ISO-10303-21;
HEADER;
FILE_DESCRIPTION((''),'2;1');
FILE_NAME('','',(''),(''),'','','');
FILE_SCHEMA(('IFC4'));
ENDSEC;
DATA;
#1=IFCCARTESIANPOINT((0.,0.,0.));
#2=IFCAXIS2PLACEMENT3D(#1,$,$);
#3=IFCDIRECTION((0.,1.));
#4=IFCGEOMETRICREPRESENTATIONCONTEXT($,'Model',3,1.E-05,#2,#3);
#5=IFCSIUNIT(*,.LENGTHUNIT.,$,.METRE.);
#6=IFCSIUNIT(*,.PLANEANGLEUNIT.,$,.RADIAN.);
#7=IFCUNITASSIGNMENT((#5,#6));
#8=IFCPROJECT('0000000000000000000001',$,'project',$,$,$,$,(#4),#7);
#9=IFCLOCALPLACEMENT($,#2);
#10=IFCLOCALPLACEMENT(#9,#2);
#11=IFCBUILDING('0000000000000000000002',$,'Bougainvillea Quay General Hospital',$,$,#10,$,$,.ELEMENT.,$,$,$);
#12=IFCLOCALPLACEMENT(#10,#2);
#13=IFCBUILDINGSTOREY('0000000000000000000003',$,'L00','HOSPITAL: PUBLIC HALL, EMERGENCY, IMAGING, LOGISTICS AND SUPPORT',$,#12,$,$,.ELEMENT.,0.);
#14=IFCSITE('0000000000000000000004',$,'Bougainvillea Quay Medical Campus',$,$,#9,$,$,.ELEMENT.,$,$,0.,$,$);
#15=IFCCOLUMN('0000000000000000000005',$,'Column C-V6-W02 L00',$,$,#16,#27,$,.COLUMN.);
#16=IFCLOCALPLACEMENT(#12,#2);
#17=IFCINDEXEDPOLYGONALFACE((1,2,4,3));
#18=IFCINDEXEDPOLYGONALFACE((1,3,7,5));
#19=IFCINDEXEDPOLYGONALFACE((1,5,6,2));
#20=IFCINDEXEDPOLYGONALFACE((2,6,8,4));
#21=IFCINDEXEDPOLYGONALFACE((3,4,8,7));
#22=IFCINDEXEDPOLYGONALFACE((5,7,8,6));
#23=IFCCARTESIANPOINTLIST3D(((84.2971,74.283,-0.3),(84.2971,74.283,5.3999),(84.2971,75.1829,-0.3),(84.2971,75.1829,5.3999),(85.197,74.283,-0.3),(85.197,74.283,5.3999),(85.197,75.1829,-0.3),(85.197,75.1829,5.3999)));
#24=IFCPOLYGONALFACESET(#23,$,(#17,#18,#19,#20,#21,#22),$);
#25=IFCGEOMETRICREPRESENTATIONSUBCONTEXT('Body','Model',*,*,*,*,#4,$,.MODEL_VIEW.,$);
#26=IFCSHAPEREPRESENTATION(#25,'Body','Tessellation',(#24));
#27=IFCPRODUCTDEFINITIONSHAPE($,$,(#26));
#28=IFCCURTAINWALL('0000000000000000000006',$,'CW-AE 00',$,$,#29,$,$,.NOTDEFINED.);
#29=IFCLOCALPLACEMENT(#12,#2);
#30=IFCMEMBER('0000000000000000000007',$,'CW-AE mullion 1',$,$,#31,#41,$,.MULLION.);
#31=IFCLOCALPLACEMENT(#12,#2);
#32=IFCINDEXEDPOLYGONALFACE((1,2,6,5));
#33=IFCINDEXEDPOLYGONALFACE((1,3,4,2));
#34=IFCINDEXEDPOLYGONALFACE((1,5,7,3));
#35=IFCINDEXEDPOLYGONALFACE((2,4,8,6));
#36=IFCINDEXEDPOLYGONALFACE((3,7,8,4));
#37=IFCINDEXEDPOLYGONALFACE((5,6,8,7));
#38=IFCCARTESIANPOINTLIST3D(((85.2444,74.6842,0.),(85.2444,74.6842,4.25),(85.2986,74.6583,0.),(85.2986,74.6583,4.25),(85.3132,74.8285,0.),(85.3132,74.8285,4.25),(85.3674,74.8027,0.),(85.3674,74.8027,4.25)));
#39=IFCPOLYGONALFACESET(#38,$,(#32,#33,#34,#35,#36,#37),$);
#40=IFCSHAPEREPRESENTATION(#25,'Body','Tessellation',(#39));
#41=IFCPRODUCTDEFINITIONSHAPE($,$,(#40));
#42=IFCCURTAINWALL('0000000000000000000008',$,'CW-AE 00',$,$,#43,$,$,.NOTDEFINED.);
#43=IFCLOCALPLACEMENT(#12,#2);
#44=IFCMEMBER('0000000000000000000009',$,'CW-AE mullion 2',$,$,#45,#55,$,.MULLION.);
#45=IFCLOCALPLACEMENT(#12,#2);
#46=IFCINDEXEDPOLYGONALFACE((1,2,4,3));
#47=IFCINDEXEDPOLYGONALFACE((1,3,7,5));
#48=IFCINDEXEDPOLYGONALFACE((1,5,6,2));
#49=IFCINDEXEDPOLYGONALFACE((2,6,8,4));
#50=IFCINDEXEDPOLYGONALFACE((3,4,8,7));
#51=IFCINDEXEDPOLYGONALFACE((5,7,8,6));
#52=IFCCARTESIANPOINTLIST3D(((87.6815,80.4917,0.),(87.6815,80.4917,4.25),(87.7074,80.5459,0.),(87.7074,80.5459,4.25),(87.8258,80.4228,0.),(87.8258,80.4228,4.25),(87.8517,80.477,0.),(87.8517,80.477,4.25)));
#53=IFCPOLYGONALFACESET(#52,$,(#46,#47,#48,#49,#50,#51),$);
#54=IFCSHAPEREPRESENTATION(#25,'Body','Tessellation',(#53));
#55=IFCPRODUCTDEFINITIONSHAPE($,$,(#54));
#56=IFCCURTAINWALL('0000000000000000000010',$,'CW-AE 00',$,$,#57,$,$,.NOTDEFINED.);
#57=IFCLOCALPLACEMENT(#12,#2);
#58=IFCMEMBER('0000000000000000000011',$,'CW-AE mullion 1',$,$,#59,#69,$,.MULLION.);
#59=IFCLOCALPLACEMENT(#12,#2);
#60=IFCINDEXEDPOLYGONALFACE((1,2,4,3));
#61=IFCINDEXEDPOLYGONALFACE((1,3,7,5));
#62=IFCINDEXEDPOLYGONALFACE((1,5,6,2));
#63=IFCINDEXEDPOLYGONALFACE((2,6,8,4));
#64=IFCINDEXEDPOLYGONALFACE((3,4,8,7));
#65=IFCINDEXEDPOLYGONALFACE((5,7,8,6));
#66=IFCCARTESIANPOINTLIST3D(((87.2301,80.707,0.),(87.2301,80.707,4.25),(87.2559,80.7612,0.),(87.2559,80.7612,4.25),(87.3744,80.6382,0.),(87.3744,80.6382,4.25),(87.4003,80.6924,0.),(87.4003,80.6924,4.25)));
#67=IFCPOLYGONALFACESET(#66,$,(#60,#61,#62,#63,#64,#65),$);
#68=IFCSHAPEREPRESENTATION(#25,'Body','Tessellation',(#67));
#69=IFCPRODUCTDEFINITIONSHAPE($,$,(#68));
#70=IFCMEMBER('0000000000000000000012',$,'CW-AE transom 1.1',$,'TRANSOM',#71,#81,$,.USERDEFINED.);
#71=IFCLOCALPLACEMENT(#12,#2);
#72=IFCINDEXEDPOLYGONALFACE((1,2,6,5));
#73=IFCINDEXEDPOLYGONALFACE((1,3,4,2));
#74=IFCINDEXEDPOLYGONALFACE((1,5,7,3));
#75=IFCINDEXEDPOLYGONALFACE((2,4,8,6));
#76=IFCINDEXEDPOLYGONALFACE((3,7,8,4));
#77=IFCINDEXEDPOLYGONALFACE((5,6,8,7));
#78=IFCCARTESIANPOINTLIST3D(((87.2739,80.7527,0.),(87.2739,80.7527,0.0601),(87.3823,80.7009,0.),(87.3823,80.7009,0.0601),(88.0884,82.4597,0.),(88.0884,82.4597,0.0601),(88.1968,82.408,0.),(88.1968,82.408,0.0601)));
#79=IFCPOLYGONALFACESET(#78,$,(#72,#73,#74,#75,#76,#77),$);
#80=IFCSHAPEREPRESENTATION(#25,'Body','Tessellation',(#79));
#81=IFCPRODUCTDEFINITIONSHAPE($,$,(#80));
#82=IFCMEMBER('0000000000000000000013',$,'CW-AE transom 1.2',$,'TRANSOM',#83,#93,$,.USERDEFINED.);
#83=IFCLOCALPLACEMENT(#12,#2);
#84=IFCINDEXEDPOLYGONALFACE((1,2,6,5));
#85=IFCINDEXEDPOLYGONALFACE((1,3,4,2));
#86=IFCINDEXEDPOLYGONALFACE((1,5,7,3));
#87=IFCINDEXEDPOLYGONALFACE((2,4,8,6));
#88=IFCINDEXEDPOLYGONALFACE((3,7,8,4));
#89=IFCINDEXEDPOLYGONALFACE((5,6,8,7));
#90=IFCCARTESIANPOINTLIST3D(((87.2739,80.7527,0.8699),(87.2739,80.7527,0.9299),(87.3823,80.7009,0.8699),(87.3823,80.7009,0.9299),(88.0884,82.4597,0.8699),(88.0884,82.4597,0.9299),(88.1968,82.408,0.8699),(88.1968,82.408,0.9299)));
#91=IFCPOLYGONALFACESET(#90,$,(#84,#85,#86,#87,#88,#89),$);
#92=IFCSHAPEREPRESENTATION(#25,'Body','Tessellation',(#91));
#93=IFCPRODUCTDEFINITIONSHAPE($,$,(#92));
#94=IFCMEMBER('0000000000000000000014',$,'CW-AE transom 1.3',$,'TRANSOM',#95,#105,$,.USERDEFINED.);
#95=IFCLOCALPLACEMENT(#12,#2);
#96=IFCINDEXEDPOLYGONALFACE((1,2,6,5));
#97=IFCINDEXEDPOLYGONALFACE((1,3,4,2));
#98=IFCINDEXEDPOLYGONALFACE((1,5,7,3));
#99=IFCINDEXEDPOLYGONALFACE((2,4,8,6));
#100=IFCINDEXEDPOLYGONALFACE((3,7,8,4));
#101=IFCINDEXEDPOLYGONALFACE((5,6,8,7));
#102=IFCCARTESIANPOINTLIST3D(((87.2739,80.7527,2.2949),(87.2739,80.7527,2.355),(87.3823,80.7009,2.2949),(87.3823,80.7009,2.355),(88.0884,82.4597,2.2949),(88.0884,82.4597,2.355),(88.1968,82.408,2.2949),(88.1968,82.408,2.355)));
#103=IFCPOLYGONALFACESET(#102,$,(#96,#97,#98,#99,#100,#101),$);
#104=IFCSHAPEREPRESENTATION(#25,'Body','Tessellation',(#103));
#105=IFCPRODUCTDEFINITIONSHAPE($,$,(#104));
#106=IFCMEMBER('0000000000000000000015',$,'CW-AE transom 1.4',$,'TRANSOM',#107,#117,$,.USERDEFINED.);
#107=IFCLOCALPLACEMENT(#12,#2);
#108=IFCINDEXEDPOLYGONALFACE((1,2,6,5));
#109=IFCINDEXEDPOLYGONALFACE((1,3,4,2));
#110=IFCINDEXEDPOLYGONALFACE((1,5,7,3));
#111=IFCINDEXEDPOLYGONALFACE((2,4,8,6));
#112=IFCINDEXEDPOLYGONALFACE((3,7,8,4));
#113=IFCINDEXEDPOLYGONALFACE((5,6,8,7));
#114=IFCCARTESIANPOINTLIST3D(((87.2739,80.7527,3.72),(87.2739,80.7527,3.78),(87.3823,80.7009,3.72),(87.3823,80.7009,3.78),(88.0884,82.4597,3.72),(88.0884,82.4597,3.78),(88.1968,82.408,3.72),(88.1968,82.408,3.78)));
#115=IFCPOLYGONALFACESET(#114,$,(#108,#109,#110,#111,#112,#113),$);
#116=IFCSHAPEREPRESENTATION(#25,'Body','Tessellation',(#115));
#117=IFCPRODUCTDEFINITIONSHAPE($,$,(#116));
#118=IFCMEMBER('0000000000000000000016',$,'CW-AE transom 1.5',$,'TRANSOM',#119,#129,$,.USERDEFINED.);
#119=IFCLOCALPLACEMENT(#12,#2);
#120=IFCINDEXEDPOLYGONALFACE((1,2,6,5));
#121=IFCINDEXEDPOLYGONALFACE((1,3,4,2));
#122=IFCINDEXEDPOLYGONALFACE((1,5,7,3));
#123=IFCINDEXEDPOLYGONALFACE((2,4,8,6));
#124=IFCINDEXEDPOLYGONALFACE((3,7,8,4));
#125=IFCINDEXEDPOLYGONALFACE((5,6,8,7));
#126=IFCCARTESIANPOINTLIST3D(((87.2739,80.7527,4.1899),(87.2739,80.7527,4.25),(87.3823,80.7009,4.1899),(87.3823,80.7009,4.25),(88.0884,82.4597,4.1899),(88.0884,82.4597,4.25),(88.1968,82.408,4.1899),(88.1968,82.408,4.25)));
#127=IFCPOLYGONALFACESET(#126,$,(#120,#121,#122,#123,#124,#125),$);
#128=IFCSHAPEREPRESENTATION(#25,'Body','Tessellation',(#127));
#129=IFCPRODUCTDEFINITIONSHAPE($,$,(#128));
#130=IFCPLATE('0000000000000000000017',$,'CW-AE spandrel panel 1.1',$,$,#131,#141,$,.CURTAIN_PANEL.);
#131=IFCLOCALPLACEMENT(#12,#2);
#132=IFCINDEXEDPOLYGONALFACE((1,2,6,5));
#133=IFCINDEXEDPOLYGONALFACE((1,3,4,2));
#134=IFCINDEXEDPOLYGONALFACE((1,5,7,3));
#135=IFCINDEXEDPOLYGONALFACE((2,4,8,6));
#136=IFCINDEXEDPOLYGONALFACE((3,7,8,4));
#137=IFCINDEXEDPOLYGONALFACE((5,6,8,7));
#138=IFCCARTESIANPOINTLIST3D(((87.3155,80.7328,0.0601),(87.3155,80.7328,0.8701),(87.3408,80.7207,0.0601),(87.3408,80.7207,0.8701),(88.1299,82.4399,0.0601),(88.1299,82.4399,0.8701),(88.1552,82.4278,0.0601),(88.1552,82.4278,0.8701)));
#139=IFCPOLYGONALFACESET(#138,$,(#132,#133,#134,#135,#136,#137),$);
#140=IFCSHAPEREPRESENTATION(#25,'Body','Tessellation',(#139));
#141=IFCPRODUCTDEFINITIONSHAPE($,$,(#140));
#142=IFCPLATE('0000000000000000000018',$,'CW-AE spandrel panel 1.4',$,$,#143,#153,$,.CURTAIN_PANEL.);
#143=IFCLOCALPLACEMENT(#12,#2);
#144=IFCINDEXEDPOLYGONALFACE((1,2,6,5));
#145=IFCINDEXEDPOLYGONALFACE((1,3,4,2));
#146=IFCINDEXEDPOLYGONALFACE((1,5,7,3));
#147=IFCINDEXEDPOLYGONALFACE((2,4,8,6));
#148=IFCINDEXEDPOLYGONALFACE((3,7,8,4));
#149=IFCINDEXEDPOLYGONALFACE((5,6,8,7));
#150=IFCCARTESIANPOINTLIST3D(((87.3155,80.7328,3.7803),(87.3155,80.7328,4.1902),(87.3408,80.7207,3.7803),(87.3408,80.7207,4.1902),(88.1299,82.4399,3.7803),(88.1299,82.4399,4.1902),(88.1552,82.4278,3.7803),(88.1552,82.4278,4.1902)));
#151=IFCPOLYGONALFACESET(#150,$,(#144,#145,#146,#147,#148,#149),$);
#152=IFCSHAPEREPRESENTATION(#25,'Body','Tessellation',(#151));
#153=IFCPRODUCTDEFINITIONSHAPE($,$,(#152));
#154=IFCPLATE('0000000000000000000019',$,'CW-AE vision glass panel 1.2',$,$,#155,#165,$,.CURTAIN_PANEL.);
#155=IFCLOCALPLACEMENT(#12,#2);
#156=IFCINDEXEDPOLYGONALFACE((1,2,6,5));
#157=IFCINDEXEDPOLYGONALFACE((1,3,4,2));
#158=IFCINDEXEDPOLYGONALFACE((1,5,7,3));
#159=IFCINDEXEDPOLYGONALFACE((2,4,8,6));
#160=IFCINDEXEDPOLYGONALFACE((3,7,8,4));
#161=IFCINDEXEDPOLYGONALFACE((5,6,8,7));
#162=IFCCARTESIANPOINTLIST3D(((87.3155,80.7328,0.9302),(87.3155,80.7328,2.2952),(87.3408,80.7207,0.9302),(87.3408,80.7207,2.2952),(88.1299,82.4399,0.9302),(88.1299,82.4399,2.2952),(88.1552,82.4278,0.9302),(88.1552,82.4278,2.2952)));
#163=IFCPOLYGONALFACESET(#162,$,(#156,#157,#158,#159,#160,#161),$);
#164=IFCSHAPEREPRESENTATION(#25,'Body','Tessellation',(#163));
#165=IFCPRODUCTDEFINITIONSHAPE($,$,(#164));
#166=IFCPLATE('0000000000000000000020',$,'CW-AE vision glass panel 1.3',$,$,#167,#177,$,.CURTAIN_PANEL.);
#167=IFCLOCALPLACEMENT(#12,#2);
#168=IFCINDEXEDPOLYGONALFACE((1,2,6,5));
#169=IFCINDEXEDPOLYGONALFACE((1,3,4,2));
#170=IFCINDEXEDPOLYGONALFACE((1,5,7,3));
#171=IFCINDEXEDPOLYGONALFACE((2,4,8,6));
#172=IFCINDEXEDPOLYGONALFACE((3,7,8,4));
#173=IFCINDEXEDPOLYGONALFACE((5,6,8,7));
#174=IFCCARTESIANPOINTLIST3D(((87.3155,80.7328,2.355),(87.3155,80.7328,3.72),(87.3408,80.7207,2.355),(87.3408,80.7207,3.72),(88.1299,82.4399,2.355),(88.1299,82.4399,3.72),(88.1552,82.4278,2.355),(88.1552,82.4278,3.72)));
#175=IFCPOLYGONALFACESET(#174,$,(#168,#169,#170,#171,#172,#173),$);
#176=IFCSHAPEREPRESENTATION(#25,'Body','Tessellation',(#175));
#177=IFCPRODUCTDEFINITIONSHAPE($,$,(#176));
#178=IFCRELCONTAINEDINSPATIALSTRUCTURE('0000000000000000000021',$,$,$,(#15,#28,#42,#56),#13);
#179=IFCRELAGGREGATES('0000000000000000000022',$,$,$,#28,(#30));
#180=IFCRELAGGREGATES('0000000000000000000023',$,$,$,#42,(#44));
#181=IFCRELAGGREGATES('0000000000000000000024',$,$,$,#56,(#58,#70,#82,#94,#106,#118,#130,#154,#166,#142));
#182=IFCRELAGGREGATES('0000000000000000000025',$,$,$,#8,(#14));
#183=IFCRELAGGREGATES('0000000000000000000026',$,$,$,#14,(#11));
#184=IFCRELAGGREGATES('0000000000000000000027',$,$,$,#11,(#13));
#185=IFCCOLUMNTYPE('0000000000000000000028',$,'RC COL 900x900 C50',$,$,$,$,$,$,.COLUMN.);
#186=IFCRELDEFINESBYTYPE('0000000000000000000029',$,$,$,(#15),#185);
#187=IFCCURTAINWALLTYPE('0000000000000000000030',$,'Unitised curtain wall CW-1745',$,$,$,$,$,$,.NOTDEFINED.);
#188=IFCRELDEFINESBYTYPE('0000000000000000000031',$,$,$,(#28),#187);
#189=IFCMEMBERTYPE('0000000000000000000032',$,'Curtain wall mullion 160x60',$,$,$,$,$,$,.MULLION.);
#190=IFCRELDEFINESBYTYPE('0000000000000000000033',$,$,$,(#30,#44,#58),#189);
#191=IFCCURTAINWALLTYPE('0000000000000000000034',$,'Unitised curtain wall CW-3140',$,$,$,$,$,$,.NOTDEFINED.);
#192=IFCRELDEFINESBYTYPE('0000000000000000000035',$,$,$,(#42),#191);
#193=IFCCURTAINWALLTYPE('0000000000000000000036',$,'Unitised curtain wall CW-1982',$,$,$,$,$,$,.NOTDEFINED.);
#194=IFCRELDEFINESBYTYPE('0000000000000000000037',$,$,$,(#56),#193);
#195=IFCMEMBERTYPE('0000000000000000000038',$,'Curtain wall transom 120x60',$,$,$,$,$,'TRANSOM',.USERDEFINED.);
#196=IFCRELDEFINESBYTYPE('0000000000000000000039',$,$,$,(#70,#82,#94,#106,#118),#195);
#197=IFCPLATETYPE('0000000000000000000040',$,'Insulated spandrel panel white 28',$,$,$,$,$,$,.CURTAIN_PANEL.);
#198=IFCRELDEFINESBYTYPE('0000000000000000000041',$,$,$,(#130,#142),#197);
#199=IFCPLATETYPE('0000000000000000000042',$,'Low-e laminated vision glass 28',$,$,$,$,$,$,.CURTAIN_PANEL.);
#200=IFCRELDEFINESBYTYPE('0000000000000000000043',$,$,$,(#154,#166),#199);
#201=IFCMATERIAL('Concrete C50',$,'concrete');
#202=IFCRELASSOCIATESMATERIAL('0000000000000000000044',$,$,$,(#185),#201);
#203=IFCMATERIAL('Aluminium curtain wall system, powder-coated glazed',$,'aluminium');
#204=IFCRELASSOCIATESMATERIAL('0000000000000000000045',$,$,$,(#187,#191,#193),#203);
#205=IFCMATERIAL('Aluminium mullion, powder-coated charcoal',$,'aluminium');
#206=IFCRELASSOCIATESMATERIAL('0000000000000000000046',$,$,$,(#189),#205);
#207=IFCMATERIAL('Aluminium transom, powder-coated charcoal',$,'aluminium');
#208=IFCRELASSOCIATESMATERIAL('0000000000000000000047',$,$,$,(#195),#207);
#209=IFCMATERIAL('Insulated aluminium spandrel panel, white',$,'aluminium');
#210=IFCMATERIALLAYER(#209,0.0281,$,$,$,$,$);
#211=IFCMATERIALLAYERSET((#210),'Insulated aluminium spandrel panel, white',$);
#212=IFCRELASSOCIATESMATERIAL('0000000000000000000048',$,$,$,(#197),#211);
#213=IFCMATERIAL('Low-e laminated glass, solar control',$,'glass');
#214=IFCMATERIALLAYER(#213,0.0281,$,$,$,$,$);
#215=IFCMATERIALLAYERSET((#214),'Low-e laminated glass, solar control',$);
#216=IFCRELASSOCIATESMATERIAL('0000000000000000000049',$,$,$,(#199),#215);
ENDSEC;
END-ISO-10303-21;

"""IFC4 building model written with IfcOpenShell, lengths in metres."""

from ifc_helpers import new_model, si_unit, direction, frame, origin, origin_2d, place, context, subcontext, project, spatial, rectangle, extrude, material, layer, layer_set, material_profile, profile_set, type_object, element, aggregate, save


model = new_model("IFC4")

# Units and contexts
model_context = context("Model", 3, precision=1e-05, world=origin(), true_north=direction((0.0, 1.0)))
body_context = subcontext(model_context, "Body", "Model", "MODEL_VIEW")
ifc_project = project(units=[si_unit("LENGTHUNIT", "METRE"), si_unit("PLANEANGLEUNIT", "RADIAN")], contexts=[model_context])

# Site, building, storey
site_placement = place(None, origin())
site = spatial("IfcSite", under=ifc_project, at=site_placement, Name="Bougainvillea Quay Medical Campus", CompositionType="ELEMENT", RefElevation=0.0)
building_placement = place(site_placement, origin())
building = spatial("IfcBuilding", under=site, at=building_placement, Name="Bougainvillea Quay General Hospital", CompositionType="ELEMENT")
storey_placement = place(building_placement, origin())
storey = spatial("IfcBuildingStorey", under=building, at=storey_placement, Name="L00", Description="HOSPITAL: PUBLIC HALL, EMERGENCY, IMAGING, LOGISTICS AND SUPPORT", CompositionType="ELEMENT", Elevation=0.0)

# Column
ifc_material_1 = material(Name="Concrete C50", Category="concrete")
ifc_material_profile_1 = material_profile(ifc_material_1, rectangle(XDim=0.8999, YDim=0.8999, at=origin_2d()))
ifc_profile_set_1 = profile_set([ifc_material_profile_1], Name="Concrete C50")
column_type = type_object("IfcColumnType", Name="RC COL 900x900 C50", PredefinedType="COLUMN", material=ifc_profile_set_1)
column_placement = place(storey_placement, frame((84.7471, 74.7329, -0.3), z_axis=(0.0, 0.0, 1.0), x_axis=(1.0, 0.0, 0.0)))
element("IfcColumn", 1, at=column_placement, inside=storey, type_object=column_type, Name="Column C-V6-W02 L00", PredefinedType="COLUMN", context=body_context, shape_type="SweptSolid", body=[
    extrude(rectangle(XDim=0.8999, YDim=0.8999, at=origin_2d()), origin(), (0.0, 0.0, 1.0), 5.7),
])

# Curtain walls, members
ifc_material_2 = material(Name="Aluminium curtain wall system, powder-coated glazed", Category="aluminium")
curtain_wall_type_1 = type_object("IfcCurtainWallType", Name="Unitised curtain wall CW-1745", PredefinedType="NOTDEFINED", material=ifc_material_2)
curtain_wall_1_placement = place(storey_placement, origin())
curtain_wall_1 = element("IfcCurtainWall", 2, at=curtain_wall_1_placement, inside=storey, type_object=curtain_wall_type_1, Name="CW-AE 00", PredefinedType="NOTDEFINED")
ifc_material_3 = material(Name="Aluminium mullion, powder-coated charcoal", Category="aluminium")
ifc_material_profile_2 = material_profile(ifc_material_3, rectangle(XDim=0.1599, YDim=0.0601, at=origin_2d()))
ifc_profile_set_2 = profile_set([ifc_material_profile_2], Name="Aluminium mullion, powder-coated charcoal")
member_type_1 = type_object("IfcMemberType", Name="Curtain wall mullion 160x60", PredefinedType="MULLION", material=ifc_profile_set_2)
member_1_placement = place(storey_placement, frame((85.3059, 74.7434, 0.0), z_axis=(0.0, 0.0, 1.0), x_axis=(0.430463, 0.902608, 0.0)))
member_1 = element("IfcMember", 3, at=member_1_placement, type_object=member_type_1, Name="CW-AE mullion 1", PredefinedType="MULLION", context=body_context, shape_type="SweptSolid", body=[
    extrude(rectangle(XDim=0.1599, YDim=0.0601, at=origin_2d()), origin(), (0.0, 0.0, 1.0), 4.25),
])
aggregate(curtain_wall_1, [member_1])
curtain_wall_type_2 = type_object("IfcCurtainWallType", Name="Unitised curtain wall CW-3140", PredefinedType="NOTDEFINED", material=ifc_material_2)
curtain_wall_2_placement = place(storey_placement, origin())
curtain_wall_2 = element("IfcCurtainWall", 4, at=curtain_wall_2_placement, inside=storey, type_object=curtain_wall_type_2, Name="CW-AE 00", PredefinedType="NOTDEFINED")
member_2_placement = place(storey_placement, frame((87.7666, 80.4844, 0.0), z_axis=(0.0, 0.0, 1.0), x_axis=(0.902495, -0.4307, 0.0)))
member_2 = element("IfcMember", 5, at=member_2_placement, type_object=member_type_1, Name="CW-AE mullion 2", PredefinedType="MULLION", context=body_context, shape_type="SweptSolid", body=[
    extrude(rectangle(XDim=0.1599, YDim=0.0601, at=origin_2d()), origin(), (0.0, 0.0, 1.0), 4.25),
])
aggregate(curtain_wall_2, [member_2])

# Curtain wall, members, plates
curtain_wall_type_3 = type_object("IfcCurtainWallType", Name="Unitised curtain wall CW-1982", PredefinedType="NOTDEFINED", material=ifc_material_2)
curtain_wall_3_placement = place(storey_placement, origin())
curtain_wall_3 = element("IfcCurtainWall", 6, at=curtain_wall_3_placement, inside=storey, type_object=curtain_wall_type_3, Name="CW-AE 00", PredefinedType="NOTDEFINED")
member_3_placement = place(storey_placement, frame((87.3152, 80.6997, 0.0), z_axis=(0.0, 0.0, 1.0), x_axis=(-0.902561, 0.430563, 0.0)))
member_3 = element("IfcMember", 7, at=member_3_placement, type_object=member_type_1, Name="CW-AE mullion 1", PredefinedType="MULLION", context=body_context, shape_type="SweptSolid", body=[
    extrude(rectangle(XDim=0.1599, YDim=0.0601, at=origin_2d()), origin(), (0.0, 0.0, 1.0), 4.25),
])
ifc_material_4 = material(Name="Aluminium transom, powder-coated charcoal", Category="aluminium")
ifc_material_profile_3 = material_profile(ifc_material_4, rectangle(XDim=0.1201, YDim=0.0601, at=origin_2d()))
ifc_profile_set_3 = profile_set([ifc_material_profile_3], Name="Aluminium transom, powder-coated charcoal")
member_type_2 = type_object("IfcMemberType", Name="Curtain wall transom 120x60", ElementType="TRANSOM", PredefinedType="USERDEFINED", material=ifc_profile_set_3)
member_4_placement = place(storey_placement, frame((87.3281, 80.7268, 0.03), z_axis=(0.430615, 0.902536, 0.0), x_axis=(-0.902536, 0.430615, 0.0)))
member_4 = element("IfcMember", 8, at=member_4_placement, type_object=member_type_2, Name="CW-AE transom 1.1", ObjectType="TRANSOM", PredefinedType="USERDEFINED", context=body_context, shape_type="SweptSolid", body=[
    extrude(rectangle(XDim=0.1201, YDim=0.0601, at=origin_2d()), origin(), (0.0, 0.0, 1.0), 1.8914),
])
member_5_placement = place(storey_placement, frame((87.3281, 80.7268, 0.8999), z_axis=(0.430615, 0.902536, 0.0), x_axis=(-0.902536, 0.430615, 0.0)))
member_5 = element("IfcMember", 9, at=member_5_placement, type_object=member_type_2, Name="CW-AE transom 1.2", ObjectType="TRANSOM", PredefinedType="USERDEFINED", context=body_context, shape_type="SweptSolid", body=[
    extrude(rectangle(XDim=0.1201, YDim=0.0601, at=origin_2d()), origin(), (0.0, 0.0, 1.0), 1.8914),
])
member_6_placement = place(storey_placement, frame((87.3281, 80.7268, 2.325), z_axis=(0.430615, 0.902536, 0.0), x_axis=(-0.902536, 0.430615, 0.0)))
member_6 = element("IfcMember", 10, at=member_6_placement, type_object=member_type_2, Name="CW-AE transom 1.3", ObjectType="TRANSOM", PredefinedType="USERDEFINED", context=body_context, shape_type="SweptSolid", body=[
    extrude(rectangle(XDim=0.1201, YDim=0.0601, at=origin_2d()), origin(), (0.0, 0.0, 1.0), 1.8914),
])
member_7_placement = place(storey_placement, frame((87.3281, 80.7268, 3.75), z_axis=(0.430615, 0.902536, 0.0), x_axis=(-0.902536, 0.430615, 0.0)))
member_7 = element("IfcMember", 11, at=member_7_placement, type_object=member_type_2, Name="CW-AE transom 1.4", ObjectType="TRANSOM", PredefinedType="USERDEFINED", context=body_context, shape_type="SweptSolid", body=[
    extrude(rectangle(XDim=0.1201, YDim=0.0601, at=origin_2d()), origin(), (0.0, 0.0, 1.0), 1.8914),
])
member_8_placement = place(storey_placement, frame((87.3281, 80.7268, 4.22), z_axis=(0.430615, 0.902536, 0.0), x_axis=(-0.902536, 0.430615, 0.0)))
member_8 = element("IfcMember", 12, at=member_8_placement, type_object=member_type_2, Name="CW-AE transom 1.5", ObjectType="TRANSOM", PredefinedType="USERDEFINED", context=body_context, shape_type="SweptSolid", body=[
    extrude(rectangle(XDim=0.1201, YDim=0.0601, at=origin_2d()), origin(), (0.0, 0.0, 1.0), 1.8914),
])
ifc_material_5 = material(Name="Insulated aluminium spandrel panel, white", Category="aluminium")
ifc_layer_1 = layer(ifc_material_5, 0.0281)
ifc_layer_set_1 = layer_set([ifc_layer_1], Name="Insulated aluminium spandrel panel, white")
plate_type_1 = type_object("IfcPlateType", Name="Insulated spandrel panel white 28", PredefinedType="CURTAIN_PANEL", material=ifc_layer_set_1)
plate_1_placement = place(storey_placement, frame((87.7354, 81.5803, 0.0601), z_axis=(0.0, 0.0, 1.0), x_axis=(0.430563, 0.902561, 0.0)))
plate_1 = element("IfcPlate", 13, at=plate_1_placement, type_object=plate_type_1, Name="CW-AE spandrel panel 1.1", PredefinedType="CURTAIN_PANEL", context=body_context, shape_type="SweptSolid", body=[
    extrude(rectangle(XDim=1.8914, YDim=0.0281, at=origin_2d()), origin(), (0.0, 0.0, 1.0), 0.8101),
])
plate_2_placement = place(storey_placement, frame((87.7354, 81.5803, 3.7803), z_axis=(0.0, 0.0, 1.0), x_axis=(0.430563, 0.902561, 0.0)))
plate_2 = element("IfcPlate", 14, at=plate_2_placement, type_object=plate_type_1, Name="CW-AE spandrel panel 1.4", PredefinedType="CURTAIN_PANEL", context=body_context, shape_type="SweptSolid", body=[
    extrude(rectangle(XDim=1.8914, YDim=0.0281, at=origin_2d()), origin(), (0.0, 0.0, 1.0), 0.4099),
])
ifc_material_6 = material(Name="Low-e laminated glass, solar control", Category="glass")
ifc_layer_2 = layer(ifc_material_6, 0.0281)
ifc_layer_set_2 = layer_set([ifc_layer_2], Name="Low-e laminated glass, solar control")
plate_type_2 = type_object("IfcPlateType", Name="Low-e laminated vision glass 28", PredefinedType="CURTAIN_PANEL", material=ifc_layer_set_2)
plate_3_placement = place(storey_placement, frame((87.7354, 81.5803, 0.9302), z_axis=(0.0, 0.0, 1.0), x_axis=(0.430563, 0.902561, 0.0)))
plate_3 = element("IfcPlate", 15, at=plate_3_placement, type_object=plate_type_2, Name="CW-AE vision glass panel 1.2", PredefinedType="CURTAIN_PANEL", context=body_context, shape_type="SweptSolid", body=[
    extrude(rectangle(XDim=1.8914, YDim=0.0281, at=origin_2d()), origin(), (0.0, 0.0, 1.0), 1.365),
])
plate_4_placement = place(storey_placement, frame((87.7354, 81.5803, 2.355), z_axis=(0.0, 0.0, 1.0), x_axis=(0.430563, 0.902561, 0.0)))
plate_4 = element("IfcPlate", 16, at=plate_4_placement, type_object=plate_type_2, Name="CW-AE vision glass panel 1.3", PredefinedType="CURTAIN_PANEL", context=body_context, shape_type="SweptSolid", body=[
    extrude(rectangle(XDim=1.8914, YDim=0.0281, at=origin_2d()), origin(), (0.0, 0.0, 1.0), 1.365),
])
aggregate(curtain_wall_3, [member_3, member_4, member_5, member_6, member_7, member_8, plate_1, plate_3, plate_4, plate_2])

save(model, "model.ifc")
